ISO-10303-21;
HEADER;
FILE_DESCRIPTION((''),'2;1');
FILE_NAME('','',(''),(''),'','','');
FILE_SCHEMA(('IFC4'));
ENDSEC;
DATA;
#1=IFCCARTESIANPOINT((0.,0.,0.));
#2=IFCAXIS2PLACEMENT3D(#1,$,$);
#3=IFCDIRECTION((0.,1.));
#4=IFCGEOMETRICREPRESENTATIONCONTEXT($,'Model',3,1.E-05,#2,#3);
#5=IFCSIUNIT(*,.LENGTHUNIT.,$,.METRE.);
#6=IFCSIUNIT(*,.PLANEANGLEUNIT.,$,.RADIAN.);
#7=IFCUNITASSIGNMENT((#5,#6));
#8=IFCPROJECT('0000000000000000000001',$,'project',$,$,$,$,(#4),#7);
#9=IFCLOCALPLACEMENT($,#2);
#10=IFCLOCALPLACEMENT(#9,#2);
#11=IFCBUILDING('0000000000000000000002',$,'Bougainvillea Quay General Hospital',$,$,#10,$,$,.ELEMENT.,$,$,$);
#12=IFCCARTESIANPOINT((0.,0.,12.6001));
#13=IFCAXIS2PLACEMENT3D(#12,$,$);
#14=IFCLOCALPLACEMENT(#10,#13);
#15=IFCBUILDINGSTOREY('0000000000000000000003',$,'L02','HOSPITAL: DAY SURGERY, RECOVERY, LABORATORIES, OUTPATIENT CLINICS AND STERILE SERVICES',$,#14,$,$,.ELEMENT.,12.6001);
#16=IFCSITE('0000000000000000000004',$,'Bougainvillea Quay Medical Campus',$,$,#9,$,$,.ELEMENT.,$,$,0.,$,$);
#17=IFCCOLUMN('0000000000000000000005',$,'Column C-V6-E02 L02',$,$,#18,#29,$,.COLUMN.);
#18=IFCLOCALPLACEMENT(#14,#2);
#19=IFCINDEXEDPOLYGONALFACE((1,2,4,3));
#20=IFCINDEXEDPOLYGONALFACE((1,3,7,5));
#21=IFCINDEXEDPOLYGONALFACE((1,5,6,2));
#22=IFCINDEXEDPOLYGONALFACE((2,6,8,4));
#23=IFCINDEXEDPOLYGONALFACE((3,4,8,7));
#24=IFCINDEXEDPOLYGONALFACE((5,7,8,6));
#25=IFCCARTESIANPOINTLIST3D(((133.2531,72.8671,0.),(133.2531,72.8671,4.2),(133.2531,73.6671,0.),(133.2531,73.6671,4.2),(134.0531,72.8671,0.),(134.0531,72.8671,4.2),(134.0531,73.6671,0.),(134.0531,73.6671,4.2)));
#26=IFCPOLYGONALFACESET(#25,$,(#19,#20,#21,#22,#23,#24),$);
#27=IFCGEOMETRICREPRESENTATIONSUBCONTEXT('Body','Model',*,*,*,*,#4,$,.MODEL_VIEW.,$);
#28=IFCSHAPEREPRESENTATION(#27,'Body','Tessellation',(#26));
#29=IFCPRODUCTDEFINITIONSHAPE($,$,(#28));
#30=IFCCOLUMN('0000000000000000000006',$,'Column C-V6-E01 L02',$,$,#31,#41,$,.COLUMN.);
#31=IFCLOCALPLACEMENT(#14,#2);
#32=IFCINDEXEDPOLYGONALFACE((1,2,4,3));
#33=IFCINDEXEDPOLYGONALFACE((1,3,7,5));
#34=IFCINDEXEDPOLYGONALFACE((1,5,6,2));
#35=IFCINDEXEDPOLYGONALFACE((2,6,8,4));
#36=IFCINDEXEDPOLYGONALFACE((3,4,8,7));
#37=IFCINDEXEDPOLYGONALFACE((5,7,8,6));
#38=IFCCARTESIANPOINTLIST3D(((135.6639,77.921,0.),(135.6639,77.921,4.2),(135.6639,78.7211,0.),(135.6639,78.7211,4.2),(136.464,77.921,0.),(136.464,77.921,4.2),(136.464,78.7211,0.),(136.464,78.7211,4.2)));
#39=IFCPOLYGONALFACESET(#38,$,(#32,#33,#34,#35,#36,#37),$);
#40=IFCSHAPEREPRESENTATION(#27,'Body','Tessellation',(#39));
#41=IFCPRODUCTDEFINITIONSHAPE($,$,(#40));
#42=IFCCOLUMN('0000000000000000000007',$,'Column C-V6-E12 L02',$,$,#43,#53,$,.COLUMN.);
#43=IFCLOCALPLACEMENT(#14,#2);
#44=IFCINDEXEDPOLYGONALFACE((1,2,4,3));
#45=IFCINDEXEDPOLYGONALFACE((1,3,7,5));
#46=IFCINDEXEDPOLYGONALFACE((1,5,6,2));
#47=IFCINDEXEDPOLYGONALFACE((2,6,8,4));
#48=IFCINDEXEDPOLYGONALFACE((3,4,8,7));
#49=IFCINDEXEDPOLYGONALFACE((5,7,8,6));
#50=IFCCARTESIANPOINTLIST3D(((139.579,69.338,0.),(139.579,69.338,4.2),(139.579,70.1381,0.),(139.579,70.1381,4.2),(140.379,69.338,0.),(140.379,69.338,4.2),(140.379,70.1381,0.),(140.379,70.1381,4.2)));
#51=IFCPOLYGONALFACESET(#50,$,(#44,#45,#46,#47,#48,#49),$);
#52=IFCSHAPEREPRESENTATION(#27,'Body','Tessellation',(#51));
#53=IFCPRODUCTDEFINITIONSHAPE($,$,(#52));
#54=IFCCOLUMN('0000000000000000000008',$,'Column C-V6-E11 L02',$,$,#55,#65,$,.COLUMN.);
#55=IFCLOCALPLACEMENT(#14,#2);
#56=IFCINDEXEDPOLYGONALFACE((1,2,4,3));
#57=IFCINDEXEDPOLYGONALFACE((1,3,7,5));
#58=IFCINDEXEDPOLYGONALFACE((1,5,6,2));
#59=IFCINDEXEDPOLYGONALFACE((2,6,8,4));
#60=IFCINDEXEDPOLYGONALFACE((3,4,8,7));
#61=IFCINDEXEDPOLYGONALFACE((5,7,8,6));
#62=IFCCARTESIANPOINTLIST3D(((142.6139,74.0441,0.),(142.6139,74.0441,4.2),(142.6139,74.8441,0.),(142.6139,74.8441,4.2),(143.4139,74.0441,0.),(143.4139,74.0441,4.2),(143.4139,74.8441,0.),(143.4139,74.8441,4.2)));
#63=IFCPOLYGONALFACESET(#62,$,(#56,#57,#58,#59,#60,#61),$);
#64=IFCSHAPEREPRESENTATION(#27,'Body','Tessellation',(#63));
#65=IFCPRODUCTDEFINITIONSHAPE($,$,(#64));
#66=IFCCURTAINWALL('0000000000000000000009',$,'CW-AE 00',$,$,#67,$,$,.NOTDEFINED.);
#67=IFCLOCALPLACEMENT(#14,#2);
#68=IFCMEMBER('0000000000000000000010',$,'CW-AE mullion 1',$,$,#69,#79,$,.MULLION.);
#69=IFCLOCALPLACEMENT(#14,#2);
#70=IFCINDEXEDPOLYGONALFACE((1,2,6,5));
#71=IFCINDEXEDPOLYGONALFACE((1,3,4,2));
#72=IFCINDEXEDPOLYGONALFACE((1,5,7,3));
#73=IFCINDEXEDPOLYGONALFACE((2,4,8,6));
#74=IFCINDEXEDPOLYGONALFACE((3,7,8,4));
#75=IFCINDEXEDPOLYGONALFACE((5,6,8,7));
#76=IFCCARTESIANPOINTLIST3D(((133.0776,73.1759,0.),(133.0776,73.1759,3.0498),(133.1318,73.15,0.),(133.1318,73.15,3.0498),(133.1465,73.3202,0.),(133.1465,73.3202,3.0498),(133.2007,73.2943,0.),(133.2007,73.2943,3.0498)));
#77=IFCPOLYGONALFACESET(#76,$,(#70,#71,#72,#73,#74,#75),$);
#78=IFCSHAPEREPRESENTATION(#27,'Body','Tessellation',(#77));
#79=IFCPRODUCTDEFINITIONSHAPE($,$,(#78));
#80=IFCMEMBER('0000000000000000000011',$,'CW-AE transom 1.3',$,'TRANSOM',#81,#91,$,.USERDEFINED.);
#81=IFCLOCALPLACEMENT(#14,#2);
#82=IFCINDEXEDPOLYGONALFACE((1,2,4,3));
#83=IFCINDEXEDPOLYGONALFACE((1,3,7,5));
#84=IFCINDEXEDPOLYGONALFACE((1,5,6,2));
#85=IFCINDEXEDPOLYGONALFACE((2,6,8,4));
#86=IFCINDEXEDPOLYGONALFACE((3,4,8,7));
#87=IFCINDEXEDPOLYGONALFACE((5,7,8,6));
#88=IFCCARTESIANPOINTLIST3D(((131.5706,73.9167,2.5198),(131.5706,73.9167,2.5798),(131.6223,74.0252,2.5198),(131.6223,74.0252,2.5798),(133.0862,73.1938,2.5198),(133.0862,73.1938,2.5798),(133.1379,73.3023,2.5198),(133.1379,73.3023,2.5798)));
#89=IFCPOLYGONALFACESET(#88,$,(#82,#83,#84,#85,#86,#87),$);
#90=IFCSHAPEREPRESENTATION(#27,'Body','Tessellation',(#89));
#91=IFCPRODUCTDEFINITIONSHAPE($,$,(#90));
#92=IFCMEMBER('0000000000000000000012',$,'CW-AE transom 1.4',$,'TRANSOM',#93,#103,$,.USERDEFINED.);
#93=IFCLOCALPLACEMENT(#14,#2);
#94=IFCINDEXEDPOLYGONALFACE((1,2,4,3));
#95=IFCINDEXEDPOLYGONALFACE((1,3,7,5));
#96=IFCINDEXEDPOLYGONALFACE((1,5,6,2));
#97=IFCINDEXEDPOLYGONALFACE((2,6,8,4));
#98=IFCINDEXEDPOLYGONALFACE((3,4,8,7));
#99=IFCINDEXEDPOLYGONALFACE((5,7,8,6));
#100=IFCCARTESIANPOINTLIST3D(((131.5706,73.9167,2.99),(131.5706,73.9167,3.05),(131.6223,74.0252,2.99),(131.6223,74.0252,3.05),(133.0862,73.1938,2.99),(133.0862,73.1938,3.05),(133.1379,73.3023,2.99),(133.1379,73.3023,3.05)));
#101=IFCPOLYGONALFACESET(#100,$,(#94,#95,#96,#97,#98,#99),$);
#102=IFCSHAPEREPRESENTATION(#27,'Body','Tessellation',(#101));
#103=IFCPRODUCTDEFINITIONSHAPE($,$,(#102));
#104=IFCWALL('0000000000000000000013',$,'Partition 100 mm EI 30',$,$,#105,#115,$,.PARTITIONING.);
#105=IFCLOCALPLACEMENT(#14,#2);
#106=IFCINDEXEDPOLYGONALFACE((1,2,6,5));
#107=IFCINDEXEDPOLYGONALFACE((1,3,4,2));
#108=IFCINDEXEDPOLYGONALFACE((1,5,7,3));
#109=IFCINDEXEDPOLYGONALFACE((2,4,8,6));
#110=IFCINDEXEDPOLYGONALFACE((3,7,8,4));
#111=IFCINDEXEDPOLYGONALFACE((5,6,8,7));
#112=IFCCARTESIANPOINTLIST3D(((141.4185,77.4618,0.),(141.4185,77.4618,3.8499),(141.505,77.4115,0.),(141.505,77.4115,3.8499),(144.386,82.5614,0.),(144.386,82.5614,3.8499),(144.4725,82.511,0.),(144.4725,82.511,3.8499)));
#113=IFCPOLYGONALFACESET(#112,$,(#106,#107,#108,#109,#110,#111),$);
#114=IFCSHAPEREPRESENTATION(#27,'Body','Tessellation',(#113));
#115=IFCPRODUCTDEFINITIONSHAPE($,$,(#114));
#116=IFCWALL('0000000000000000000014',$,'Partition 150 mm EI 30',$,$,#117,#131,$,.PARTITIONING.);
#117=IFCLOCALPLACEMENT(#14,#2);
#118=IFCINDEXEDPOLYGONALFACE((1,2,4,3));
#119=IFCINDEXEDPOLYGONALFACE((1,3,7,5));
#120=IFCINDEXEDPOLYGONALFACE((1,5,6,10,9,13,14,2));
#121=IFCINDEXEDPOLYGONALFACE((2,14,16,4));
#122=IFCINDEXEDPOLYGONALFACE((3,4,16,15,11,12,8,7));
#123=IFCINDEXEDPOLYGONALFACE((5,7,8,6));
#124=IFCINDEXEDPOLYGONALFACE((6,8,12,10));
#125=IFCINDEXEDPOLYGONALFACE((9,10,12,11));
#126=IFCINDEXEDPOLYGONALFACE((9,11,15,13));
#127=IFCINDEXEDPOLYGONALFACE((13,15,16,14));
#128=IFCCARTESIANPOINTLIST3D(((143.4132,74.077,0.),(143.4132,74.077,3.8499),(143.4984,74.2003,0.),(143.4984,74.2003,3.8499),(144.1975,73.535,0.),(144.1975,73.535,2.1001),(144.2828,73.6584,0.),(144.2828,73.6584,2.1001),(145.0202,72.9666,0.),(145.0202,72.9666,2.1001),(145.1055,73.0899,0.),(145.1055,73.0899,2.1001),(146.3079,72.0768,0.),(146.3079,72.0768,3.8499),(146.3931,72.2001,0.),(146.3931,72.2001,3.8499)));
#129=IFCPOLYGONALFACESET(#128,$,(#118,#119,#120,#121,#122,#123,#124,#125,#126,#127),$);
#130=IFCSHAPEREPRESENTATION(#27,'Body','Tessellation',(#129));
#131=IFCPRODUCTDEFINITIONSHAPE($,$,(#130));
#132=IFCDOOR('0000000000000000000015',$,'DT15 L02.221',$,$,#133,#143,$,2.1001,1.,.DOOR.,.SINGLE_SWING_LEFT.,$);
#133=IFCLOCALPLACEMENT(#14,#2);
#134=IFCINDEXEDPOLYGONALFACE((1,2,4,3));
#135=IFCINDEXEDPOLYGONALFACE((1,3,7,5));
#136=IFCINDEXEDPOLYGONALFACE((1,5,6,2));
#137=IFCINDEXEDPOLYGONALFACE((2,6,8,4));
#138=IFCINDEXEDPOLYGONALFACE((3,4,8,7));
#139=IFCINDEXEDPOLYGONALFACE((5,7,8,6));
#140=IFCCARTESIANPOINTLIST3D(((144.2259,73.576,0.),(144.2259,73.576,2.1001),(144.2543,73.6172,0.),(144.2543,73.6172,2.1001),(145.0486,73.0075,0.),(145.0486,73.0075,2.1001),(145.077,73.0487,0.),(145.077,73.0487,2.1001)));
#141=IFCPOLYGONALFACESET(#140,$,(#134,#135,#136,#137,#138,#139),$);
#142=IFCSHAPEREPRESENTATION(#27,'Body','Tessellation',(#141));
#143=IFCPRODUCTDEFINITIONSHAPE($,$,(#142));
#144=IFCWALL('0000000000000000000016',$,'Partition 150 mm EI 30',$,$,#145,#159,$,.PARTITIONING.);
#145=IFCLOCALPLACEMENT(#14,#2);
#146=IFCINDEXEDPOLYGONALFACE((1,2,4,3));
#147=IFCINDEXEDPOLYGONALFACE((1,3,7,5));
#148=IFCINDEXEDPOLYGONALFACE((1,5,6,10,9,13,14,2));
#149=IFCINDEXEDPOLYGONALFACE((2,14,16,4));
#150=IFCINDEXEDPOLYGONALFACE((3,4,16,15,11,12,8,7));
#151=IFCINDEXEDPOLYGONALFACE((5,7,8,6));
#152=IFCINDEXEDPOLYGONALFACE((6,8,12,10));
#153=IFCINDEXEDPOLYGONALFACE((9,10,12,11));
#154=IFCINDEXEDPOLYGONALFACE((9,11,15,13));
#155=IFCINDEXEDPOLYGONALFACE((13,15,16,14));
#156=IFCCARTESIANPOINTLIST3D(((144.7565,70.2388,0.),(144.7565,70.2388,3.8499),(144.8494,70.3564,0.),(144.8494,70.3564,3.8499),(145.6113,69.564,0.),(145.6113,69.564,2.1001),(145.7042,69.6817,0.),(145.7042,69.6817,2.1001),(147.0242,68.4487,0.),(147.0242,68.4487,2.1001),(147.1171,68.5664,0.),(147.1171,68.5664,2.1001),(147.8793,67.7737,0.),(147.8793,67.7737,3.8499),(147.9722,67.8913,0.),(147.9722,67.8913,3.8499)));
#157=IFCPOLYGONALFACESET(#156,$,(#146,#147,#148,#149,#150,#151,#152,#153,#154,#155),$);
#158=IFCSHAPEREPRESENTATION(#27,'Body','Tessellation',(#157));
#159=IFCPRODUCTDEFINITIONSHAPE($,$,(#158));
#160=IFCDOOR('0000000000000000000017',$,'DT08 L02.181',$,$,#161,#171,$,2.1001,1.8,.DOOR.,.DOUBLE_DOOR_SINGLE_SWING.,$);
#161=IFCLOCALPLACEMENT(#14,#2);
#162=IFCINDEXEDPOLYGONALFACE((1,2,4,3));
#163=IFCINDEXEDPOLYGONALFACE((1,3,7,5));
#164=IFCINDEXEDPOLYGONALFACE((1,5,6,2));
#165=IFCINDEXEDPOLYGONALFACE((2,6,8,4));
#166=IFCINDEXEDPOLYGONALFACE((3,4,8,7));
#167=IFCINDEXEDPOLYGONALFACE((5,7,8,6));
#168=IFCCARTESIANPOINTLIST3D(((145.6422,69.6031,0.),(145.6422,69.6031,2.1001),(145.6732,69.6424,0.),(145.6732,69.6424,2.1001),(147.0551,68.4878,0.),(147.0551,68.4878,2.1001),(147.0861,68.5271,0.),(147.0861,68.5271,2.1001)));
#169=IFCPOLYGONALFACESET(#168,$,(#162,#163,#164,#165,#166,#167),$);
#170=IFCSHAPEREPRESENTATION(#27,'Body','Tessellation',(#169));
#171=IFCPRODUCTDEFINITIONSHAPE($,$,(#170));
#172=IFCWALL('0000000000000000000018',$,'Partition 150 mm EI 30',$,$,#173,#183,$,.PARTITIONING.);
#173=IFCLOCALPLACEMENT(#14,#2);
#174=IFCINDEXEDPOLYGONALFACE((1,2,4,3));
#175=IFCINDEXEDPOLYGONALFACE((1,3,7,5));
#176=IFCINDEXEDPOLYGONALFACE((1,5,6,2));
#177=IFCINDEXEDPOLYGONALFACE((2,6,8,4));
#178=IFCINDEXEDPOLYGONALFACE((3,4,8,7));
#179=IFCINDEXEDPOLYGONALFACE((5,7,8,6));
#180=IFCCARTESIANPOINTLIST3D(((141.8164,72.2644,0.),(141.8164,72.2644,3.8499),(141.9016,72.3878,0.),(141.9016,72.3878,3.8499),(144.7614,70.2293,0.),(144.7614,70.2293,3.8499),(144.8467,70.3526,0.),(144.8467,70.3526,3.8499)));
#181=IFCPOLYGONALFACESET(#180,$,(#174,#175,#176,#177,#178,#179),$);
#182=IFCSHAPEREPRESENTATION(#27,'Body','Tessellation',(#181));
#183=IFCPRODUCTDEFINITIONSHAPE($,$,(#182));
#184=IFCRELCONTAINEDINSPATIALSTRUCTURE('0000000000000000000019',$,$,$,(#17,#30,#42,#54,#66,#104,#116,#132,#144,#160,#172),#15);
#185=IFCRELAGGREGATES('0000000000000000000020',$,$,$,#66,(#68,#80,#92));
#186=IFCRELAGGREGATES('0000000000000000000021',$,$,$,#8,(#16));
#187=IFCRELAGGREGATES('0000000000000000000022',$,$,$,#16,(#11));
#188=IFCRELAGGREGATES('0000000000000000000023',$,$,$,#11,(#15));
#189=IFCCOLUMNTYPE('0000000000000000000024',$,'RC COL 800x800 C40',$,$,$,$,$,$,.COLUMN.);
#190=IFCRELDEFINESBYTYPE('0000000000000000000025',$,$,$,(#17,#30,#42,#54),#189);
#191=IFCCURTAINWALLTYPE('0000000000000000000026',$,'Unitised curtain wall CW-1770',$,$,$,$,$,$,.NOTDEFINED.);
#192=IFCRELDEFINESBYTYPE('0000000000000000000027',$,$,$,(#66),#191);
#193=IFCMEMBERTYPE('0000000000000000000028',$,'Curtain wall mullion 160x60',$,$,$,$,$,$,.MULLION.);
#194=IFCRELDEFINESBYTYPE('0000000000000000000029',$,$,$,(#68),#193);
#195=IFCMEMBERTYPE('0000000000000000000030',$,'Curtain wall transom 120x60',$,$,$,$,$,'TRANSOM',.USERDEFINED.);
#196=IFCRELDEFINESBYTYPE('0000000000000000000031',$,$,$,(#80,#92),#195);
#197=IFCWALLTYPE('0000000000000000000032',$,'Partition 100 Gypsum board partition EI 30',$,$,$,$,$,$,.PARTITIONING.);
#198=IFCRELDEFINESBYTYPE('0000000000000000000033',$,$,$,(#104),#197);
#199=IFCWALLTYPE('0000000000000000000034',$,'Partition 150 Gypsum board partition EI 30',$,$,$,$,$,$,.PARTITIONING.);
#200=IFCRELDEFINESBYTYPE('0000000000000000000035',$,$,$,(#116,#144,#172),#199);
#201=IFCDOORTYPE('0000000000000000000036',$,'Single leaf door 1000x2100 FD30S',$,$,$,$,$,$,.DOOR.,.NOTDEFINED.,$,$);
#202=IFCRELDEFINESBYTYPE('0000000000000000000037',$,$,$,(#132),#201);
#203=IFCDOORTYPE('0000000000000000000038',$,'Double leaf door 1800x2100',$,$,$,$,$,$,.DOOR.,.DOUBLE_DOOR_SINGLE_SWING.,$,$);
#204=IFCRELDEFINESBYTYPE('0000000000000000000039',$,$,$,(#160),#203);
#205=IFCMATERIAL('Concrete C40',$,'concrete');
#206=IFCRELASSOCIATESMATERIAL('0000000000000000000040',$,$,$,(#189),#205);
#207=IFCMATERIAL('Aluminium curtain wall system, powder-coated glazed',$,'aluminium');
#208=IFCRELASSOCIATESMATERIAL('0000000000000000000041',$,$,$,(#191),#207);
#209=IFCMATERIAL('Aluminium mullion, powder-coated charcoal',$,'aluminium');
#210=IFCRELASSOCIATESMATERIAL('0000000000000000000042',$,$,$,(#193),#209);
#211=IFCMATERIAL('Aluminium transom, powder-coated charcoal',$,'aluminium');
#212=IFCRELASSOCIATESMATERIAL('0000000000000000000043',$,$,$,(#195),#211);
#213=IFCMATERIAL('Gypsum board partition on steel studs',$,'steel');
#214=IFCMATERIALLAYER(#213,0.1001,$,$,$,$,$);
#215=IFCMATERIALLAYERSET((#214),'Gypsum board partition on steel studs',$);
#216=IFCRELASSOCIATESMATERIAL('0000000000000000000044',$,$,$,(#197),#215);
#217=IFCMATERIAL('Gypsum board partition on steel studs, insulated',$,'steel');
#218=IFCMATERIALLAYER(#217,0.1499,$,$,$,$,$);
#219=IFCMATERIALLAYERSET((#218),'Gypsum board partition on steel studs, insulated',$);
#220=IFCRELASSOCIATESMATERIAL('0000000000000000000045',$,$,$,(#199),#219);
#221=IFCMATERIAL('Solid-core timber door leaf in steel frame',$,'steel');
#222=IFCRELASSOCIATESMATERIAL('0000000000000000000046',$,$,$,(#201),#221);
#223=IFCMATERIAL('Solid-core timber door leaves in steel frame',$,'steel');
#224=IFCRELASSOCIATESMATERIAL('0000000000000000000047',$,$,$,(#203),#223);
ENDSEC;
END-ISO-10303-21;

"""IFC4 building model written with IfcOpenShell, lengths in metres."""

from ifc_helpers import new_model, si_unit, direction, frame, frame_2d, origin, origin_2d, place, context, subcontext, project, spatial, rectangle, extrude, material, layer, layer_set, material_profile, profile_set, type_object, element, fill, aggregate, save


model = new_model("IFC4")

# Units and contexts
model_context = context("Model", 3, precision=1e-05, world=origin(), true_north=direction((0.0, 1.0)))
body_context = subcontext(model_context, "Body", "Model", "MODEL_VIEW")
ifc_project = project(units=[si_unit("LENGTHUNIT", "METRE"), si_unit("PLANEANGLEUNIT", "RADIAN")], contexts=[model_context])

# Site, building, storey
site_placement = place(None, origin())
site = spatial("IfcSite", under=ifc_project, at=site_placement, Name="Bougainvillea Quay Medical Campus", CompositionType="ELEMENT", RefElevation=0.0)
building_placement = place(site_placement, origin())
building = spatial("IfcBuilding", under=site, at=building_placement, Name="Bougainvillea Quay General Hospital", CompositionType="ELEMENT")
storey_placement = place(building_placement, frame((0.0, 0.0, 12.6001)))
storey = spatial("IfcBuildingStorey", under=building, at=storey_placement, Name="L02", Description="HOSPITAL: DAY SURGERY, RECOVERY, LABORATORIES, OUTPATIENT CLINICS AND STERILE SERVICES", CompositionType="ELEMENT", Elevation=12.6001)

# Columns
ifc_material_1 = material(Name="Concrete C40", Category="concrete")
ifc_material_profile_1 = material_profile(ifc_material_1, rectangle(XDim=0.8, YDim=0.8, at=origin_2d()))
ifc_profile_set_1 = profile_set([ifc_material_profile_1], Name="Concrete C40")
column_type = type_object("IfcColumnType", Name="RC COL 800x800 C40", PredefinedType="COLUMN", material=ifc_profile_set_1)
for number, where, z_axis, x_axis, name in (
    (1, (133.6531, 73.2671, 0.0), (0.0, 0.0, 1.0), (1.0, 0.0, 0.0), "Column C-V6-E02 L02"),
    (2, (136.064, 78.321, 0.0), (0.0, 0.0, 1.0), (1.0, 0.0, 0.0), "Column C-V6-E01 L02"),
    (3, (139.979, 69.738, 0.0), (0.0, 0.0, 1.0), (1.0, 0.0, 0.0), "Column C-V6-E12 L02"),
    (4, (143.0139, 74.4441, 0.0), (0.0, 0.0, 1.0), (1.0, 0.0, 0.0), "Column C-V6-E11 L02"),
):
    element("IfcColumn", number, at=place(storey_placement, frame(where, z_axis=z_axis, x_axis=x_axis)), inside=storey, type_object=column_type, Name=name, PredefinedType="COLUMN", context=body_context, shape_type="SweptSolid", body=[
        extrude(rectangle(XDim=0.8, YDim=0.8, at=origin_2d()), origin(), (0.0, 0.0, 1.0), 4.2),
    ])

# Curtain wall, members
ifc_material_2 = material(Name="Aluminium curtain wall system, powder-coated glazed", Category="aluminium")
curtain_wall_type = type_object("IfcCurtainWallType", Name="Unitised curtain wall CW-1770", PredefinedType="NOTDEFINED", material=ifc_material_2)
curtain_wall_placement = place(storey_placement, origin())
curtain_wall = element("IfcCurtainWall", 5, at=curtain_wall_placement, inside=storey, type_object=curtain_wall_type, Name="CW-AE 00", PredefinedType="NOTDEFINED")
ifc_material_3 = material(Name="Aluminium mullion, powder-coated charcoal", Category="aluminium")
ifc_material_profile_2 = material_profile(ifc_material_3, rectangle(XDim=0.1599, YDim=0.0601, at=origin_2d()))
ifc_profile_set_2 = profile_set([ifc_material_profile_2], Name="Aluminium mullion, powder-coated charcoal")
member_type_1 = type_object("IfcMemberType", Name="Curtain wall mullion 160x60", PredefinedType="MULLION", material=ifc_profile_set_2)
member_1_placement = place(storey_placement, frame((133.1392, 73.2351, 0.0), z_axis=(0.0, 0.0, 1.0), x_axis=(-0.430463, -0.902608, 0.0)))
member_1 = element("IfcMember", 6, at=member_1_placement, type_object=member_type_1, Name="CW-AE mullion 1", PredefinedType="MULLION", context=body_context, shape_type="SweptSolid", body=[
    extrude(rectangle(XDim=0.1599, YDim=0.0601, at=origin_2d()), origin(), (0.0, 0.0, 1.0), 3.0498),
])
ifc_material_4 = material(Name="Aluminium transom, powder-coated charcoal", Category="aluminium")
ifc_material_profile_3 = material_profile(ifc_material_4, rectangle(XDim=0.1201, YDim=0.0601, at=origin_2d()))
ifc_profile_set_3 = profile_set([ifc_material_profile_3], Name="Aluminium transom, powder-coated charcoal")
member_type_2 = type_object("IfcMemberType", Name="Curtain wall transom 120x60", ElementType="TRANSOM", PredefinedType="USERDEFINED", material=ifc_profile_set_3)
member_2_placement = place(storey_placement, frame((133.1121, 73.248, 2.5498), z_axis=(-0.902589, 0.430504, 0.0), x_axis=(-0.430504, -0.902589, 0.0)))
member_2 = element("IfcMember", 7, at=member_2_placement, type_object=member_type_2, Name="CW-AE transom 1.3", ObjectType="TRANSOM", PredefinedType="USERDEFINED", context=body_context, shape_type="SweptSolid", body=[
    extrude(rectangle(XDim=0.1201, YDim=0.0601, at=origin_2d()), origin(), (0.0, 0.0, 1.0), 1.6792),
])
member_3_placement = place(storey_placement, frame((133.1121, 73.248, 3.02), z_axis=(-0.902589, 0.430504, 0.0), x_axis=(-0.430504, -0.902589, 0.0)))
member_3 = element("IfcMember", 8, at=member_3_placement, type_object=member_type_2, Name="CW-AE transom 1.4", ObjectType="TRANSOM", PredefinedType="USERDEFINED", context=body_context, shape_type="SweptSolid", body=[
    extrude(rectangle(XDim=0.1201, YDim=0.0601, at=origin_2d()), origin(), (0.0, 0.0, 1.0), 1.6792),
])
aggregate(curtain_wall, [member_1, member_2, member_3])

# Wall
ifc_material_5 = material(Name="Gypsum board partition on steel studs", Category="steel")
ifc_layer_1 = layer(ifc_material_5, 0.1001)
ifc_layer_set_1 = layer_set([ifc_layer_1], Name="Gypsum board partition on steel studs")
wall_type_1 = type_object("IfcWallType", Name="Partition 100 Gypsum board partition EI 30", PredefinedType="PARTITIONING", material=ifc_layer_set_1)
wall_1_placement = place(storey_placement, frame((141.4617, 77.4365, 0.0), z_axis=(0.0, 0.0, 1.0), x_axis=(0.502955, 0.864313, 0.0)))
element("IfcWall", 9, at=wall_1_placement, inside=storey, type_object=wall_type_1, Name="Partition 100 mm EI 30", PredefinedType="PARTITIONING", context=body_context, shape_type="SweptSolid", body=[
    extrude(rectangle(XDim=5.9001, YDim=0.1001, at=frame_2d((2.9502, 0.0))), origin(), (0.0, 0.0, 1.0), 3.8499),
])

# Walls, openings, doors
ifc_material_6 = material(Name="Gypsum board partition on steel studs, insulated", Category="steel")
ifc_layer_2 = layer(ifc_material_6, 0.1499)
ifc_layer_set_2 = layer_set([ifc_layer_2], Name="Gypsum board partition on steel studs, insulated")
wall_type_2 = type_object("IfcWallType", Name="Partition 150 Gypsum board partition EI 30", PredefinedType="PARTITIONING", material=ifc_layer_set_2)
wall_2_placement = place(storey_placement, frame((143.4558, 74.1387, 0.0), z_axis=(0.0, 0.0, 1.0), x_axis=(0.822701, -0.568474, 0.0)))
wall_2 = element("IfcWall", 10, at=wall_2_placement, inside=storey, type_object=wall_type_2, Name="Partition 150 mm EI 30", PredefinedType="PARTITIONING", context=body_context, shape_type="SweptSolid", body=[
    extrude(rectangle(XDim=3.5186, YDim=0.1499, at=frame_2d((1.7593, 0.0))), origin(), (0.0, 0.0, 1.0), 3.8499),
])
opening_1_placement = place(wall_2_placement, frame((0.9534, 0.0, 0.0)))
opening_1 = element("IfcOpeningElement", 11, at=opening_1_placement, cuts=wall_2, PredefinedType="OPENING", context=body_context, shape_type="SweptSolid", body=[
    extrude(rectangle(XDim=1.0, YDim=2.1001, at=frame_2d((0.5, 1.05))), frame((0.0, 0.085, 0.0), z_axis=(0.0, -1.0, 0.0), x_axis=(1.0, 0.0, 0.0)), (0.0, 0.0, 1.0), 0.1699),
])
ifc_material_7 = material(Name="Solid-core timber door leaf in steel frame", Category="steel")
door_type_1 = type_object("IfcDoorType", Name="Single leaf door 1000x2100 FD30S", OperationType="NOTDEFINED", PredefinedType="DOOR", material=ifc_material_7)
door_1_placement = place(opening_1_placement, origin())
door_1 = element("IfcDoor", 12, at=door_1_placement, inside=storey, type_object=door_type_1, Name="DT15 L02.221", OperationType="SINGLE_SWING_LEFT", OverallHeight=2.1001, OverallWidth=1.0, PredefinedType="DOOR", context=body_context, shape_type="SweptSolid", body=[
    extrude(rectangle(XDim=1.0, YDim=2.1001, at=frame_2d((0.5, 1.05))), frame((0.0, 0.0249, 0.0), z_axis=(0.0, -1.0, 0.0), x_axis=(1.0, 0.0, 0.0)), (0.0, 0.0, 1.0), 0.05),
])
fill(opening_1, door_1)
wall_3_placement = place(storey_placement, frame((144.803, 70.2976, 0.0), z_axis=(0.0, 0.0, 1.0), x_axis=(0.784917, -0.619601, 0.0)))
wall_3 = element("IfcWall", 13, at=wall_3_placement, inside=storey, type_object=wall_type_2, Name="Partition 150 mm EI 30", PredefinedType="PARTITIONING", context=body_context, shape_type="SweptSolid", body=[
    extrude(rectangle(XDim=3.9785, YDim=0.1499, at=frame_2d((1.9893, 0.0))), origin(), (0.0, 0.0, 1.0), 3.8499),
])
opening_2_placement = place(wall_3_placement, frame((1.0891, 0.0, 0.0)))
opening_2 = element("IfcOpeningElement", 14, at=opening_2_placement, cuts=wall_3, PredefinedType="OPENING", context=body_context, shape_type="SweptSolid", body=[
    extrude(rectangle(XDim=1.8, YDim=2.1001, at=frame_2d((0.8999, 1.05))), frame((0.0, 0.085, 0.0), z_axis=(0.0, -1.0, 0.0), x_axis=(1.0, 0.0, 0.0)), (0.0, 0.0, 1.0), 0.1699),
])
ifc_material_8 = material(Name="Solid-core timber door leaves in steel frame", Category="steel")
door_type_2 = type_object("IfcDoorType", Name="Double leaf door 1800x2100", OperationType="DOUBLE_DOOR_SINGLE_SWING", PredefinedType="DOOR", material=ifc_material_8)
door_2_placement = place(opening_2_placement, origin())
door_2 = element("IfcDoor", 15, at=door_2_placement, inside=storey, type_object=door_type_2, Name="DT08 L02.181", OperationType="DOUBLE_DOOR_SINGLE_SWING", OverallHeight=2.1001, OverallWidth=1.8, PredefinedType="DOOR", context=body_context, shape_type="SweptSolid", body=[
    extrude(rectangle(XDim=1.8, YDim=2.1001, at=frame_2d((0.8999, 1.05))), frame((0.0, 0.0249, 0.0), z_axis=(0.0, -1.0, 0.0), x_axis=(1.0, 0.0, 0.0)), (0.0, 0.0, 1.0), 0.05),
])
fill(opening_2, door_2)

# Wall
wall_4_placement = place(storey_placement, frame((141.8589, 72.3262, 0.0), z_axis=(0.0, 0.0, 1.0), x_axis=(0.82268, -0.568504, 0.0)))
element("IfcWall", 16, at=wall_4_placement, inside=storey, type_object=wall_type_2, Name="Partition 150 mm EI 30", PredefinedType="PARTITIONING", context=body_context, shape_type="SweptSolid", body=[
    extrude(rectangle(XDim=3.5798, YDim=0.1499, at=frame_2d((1.79, 0.0))), origin(), (0.0, 0.0, 1.0), 3.8499),
])

save(model, "model.ifc")
